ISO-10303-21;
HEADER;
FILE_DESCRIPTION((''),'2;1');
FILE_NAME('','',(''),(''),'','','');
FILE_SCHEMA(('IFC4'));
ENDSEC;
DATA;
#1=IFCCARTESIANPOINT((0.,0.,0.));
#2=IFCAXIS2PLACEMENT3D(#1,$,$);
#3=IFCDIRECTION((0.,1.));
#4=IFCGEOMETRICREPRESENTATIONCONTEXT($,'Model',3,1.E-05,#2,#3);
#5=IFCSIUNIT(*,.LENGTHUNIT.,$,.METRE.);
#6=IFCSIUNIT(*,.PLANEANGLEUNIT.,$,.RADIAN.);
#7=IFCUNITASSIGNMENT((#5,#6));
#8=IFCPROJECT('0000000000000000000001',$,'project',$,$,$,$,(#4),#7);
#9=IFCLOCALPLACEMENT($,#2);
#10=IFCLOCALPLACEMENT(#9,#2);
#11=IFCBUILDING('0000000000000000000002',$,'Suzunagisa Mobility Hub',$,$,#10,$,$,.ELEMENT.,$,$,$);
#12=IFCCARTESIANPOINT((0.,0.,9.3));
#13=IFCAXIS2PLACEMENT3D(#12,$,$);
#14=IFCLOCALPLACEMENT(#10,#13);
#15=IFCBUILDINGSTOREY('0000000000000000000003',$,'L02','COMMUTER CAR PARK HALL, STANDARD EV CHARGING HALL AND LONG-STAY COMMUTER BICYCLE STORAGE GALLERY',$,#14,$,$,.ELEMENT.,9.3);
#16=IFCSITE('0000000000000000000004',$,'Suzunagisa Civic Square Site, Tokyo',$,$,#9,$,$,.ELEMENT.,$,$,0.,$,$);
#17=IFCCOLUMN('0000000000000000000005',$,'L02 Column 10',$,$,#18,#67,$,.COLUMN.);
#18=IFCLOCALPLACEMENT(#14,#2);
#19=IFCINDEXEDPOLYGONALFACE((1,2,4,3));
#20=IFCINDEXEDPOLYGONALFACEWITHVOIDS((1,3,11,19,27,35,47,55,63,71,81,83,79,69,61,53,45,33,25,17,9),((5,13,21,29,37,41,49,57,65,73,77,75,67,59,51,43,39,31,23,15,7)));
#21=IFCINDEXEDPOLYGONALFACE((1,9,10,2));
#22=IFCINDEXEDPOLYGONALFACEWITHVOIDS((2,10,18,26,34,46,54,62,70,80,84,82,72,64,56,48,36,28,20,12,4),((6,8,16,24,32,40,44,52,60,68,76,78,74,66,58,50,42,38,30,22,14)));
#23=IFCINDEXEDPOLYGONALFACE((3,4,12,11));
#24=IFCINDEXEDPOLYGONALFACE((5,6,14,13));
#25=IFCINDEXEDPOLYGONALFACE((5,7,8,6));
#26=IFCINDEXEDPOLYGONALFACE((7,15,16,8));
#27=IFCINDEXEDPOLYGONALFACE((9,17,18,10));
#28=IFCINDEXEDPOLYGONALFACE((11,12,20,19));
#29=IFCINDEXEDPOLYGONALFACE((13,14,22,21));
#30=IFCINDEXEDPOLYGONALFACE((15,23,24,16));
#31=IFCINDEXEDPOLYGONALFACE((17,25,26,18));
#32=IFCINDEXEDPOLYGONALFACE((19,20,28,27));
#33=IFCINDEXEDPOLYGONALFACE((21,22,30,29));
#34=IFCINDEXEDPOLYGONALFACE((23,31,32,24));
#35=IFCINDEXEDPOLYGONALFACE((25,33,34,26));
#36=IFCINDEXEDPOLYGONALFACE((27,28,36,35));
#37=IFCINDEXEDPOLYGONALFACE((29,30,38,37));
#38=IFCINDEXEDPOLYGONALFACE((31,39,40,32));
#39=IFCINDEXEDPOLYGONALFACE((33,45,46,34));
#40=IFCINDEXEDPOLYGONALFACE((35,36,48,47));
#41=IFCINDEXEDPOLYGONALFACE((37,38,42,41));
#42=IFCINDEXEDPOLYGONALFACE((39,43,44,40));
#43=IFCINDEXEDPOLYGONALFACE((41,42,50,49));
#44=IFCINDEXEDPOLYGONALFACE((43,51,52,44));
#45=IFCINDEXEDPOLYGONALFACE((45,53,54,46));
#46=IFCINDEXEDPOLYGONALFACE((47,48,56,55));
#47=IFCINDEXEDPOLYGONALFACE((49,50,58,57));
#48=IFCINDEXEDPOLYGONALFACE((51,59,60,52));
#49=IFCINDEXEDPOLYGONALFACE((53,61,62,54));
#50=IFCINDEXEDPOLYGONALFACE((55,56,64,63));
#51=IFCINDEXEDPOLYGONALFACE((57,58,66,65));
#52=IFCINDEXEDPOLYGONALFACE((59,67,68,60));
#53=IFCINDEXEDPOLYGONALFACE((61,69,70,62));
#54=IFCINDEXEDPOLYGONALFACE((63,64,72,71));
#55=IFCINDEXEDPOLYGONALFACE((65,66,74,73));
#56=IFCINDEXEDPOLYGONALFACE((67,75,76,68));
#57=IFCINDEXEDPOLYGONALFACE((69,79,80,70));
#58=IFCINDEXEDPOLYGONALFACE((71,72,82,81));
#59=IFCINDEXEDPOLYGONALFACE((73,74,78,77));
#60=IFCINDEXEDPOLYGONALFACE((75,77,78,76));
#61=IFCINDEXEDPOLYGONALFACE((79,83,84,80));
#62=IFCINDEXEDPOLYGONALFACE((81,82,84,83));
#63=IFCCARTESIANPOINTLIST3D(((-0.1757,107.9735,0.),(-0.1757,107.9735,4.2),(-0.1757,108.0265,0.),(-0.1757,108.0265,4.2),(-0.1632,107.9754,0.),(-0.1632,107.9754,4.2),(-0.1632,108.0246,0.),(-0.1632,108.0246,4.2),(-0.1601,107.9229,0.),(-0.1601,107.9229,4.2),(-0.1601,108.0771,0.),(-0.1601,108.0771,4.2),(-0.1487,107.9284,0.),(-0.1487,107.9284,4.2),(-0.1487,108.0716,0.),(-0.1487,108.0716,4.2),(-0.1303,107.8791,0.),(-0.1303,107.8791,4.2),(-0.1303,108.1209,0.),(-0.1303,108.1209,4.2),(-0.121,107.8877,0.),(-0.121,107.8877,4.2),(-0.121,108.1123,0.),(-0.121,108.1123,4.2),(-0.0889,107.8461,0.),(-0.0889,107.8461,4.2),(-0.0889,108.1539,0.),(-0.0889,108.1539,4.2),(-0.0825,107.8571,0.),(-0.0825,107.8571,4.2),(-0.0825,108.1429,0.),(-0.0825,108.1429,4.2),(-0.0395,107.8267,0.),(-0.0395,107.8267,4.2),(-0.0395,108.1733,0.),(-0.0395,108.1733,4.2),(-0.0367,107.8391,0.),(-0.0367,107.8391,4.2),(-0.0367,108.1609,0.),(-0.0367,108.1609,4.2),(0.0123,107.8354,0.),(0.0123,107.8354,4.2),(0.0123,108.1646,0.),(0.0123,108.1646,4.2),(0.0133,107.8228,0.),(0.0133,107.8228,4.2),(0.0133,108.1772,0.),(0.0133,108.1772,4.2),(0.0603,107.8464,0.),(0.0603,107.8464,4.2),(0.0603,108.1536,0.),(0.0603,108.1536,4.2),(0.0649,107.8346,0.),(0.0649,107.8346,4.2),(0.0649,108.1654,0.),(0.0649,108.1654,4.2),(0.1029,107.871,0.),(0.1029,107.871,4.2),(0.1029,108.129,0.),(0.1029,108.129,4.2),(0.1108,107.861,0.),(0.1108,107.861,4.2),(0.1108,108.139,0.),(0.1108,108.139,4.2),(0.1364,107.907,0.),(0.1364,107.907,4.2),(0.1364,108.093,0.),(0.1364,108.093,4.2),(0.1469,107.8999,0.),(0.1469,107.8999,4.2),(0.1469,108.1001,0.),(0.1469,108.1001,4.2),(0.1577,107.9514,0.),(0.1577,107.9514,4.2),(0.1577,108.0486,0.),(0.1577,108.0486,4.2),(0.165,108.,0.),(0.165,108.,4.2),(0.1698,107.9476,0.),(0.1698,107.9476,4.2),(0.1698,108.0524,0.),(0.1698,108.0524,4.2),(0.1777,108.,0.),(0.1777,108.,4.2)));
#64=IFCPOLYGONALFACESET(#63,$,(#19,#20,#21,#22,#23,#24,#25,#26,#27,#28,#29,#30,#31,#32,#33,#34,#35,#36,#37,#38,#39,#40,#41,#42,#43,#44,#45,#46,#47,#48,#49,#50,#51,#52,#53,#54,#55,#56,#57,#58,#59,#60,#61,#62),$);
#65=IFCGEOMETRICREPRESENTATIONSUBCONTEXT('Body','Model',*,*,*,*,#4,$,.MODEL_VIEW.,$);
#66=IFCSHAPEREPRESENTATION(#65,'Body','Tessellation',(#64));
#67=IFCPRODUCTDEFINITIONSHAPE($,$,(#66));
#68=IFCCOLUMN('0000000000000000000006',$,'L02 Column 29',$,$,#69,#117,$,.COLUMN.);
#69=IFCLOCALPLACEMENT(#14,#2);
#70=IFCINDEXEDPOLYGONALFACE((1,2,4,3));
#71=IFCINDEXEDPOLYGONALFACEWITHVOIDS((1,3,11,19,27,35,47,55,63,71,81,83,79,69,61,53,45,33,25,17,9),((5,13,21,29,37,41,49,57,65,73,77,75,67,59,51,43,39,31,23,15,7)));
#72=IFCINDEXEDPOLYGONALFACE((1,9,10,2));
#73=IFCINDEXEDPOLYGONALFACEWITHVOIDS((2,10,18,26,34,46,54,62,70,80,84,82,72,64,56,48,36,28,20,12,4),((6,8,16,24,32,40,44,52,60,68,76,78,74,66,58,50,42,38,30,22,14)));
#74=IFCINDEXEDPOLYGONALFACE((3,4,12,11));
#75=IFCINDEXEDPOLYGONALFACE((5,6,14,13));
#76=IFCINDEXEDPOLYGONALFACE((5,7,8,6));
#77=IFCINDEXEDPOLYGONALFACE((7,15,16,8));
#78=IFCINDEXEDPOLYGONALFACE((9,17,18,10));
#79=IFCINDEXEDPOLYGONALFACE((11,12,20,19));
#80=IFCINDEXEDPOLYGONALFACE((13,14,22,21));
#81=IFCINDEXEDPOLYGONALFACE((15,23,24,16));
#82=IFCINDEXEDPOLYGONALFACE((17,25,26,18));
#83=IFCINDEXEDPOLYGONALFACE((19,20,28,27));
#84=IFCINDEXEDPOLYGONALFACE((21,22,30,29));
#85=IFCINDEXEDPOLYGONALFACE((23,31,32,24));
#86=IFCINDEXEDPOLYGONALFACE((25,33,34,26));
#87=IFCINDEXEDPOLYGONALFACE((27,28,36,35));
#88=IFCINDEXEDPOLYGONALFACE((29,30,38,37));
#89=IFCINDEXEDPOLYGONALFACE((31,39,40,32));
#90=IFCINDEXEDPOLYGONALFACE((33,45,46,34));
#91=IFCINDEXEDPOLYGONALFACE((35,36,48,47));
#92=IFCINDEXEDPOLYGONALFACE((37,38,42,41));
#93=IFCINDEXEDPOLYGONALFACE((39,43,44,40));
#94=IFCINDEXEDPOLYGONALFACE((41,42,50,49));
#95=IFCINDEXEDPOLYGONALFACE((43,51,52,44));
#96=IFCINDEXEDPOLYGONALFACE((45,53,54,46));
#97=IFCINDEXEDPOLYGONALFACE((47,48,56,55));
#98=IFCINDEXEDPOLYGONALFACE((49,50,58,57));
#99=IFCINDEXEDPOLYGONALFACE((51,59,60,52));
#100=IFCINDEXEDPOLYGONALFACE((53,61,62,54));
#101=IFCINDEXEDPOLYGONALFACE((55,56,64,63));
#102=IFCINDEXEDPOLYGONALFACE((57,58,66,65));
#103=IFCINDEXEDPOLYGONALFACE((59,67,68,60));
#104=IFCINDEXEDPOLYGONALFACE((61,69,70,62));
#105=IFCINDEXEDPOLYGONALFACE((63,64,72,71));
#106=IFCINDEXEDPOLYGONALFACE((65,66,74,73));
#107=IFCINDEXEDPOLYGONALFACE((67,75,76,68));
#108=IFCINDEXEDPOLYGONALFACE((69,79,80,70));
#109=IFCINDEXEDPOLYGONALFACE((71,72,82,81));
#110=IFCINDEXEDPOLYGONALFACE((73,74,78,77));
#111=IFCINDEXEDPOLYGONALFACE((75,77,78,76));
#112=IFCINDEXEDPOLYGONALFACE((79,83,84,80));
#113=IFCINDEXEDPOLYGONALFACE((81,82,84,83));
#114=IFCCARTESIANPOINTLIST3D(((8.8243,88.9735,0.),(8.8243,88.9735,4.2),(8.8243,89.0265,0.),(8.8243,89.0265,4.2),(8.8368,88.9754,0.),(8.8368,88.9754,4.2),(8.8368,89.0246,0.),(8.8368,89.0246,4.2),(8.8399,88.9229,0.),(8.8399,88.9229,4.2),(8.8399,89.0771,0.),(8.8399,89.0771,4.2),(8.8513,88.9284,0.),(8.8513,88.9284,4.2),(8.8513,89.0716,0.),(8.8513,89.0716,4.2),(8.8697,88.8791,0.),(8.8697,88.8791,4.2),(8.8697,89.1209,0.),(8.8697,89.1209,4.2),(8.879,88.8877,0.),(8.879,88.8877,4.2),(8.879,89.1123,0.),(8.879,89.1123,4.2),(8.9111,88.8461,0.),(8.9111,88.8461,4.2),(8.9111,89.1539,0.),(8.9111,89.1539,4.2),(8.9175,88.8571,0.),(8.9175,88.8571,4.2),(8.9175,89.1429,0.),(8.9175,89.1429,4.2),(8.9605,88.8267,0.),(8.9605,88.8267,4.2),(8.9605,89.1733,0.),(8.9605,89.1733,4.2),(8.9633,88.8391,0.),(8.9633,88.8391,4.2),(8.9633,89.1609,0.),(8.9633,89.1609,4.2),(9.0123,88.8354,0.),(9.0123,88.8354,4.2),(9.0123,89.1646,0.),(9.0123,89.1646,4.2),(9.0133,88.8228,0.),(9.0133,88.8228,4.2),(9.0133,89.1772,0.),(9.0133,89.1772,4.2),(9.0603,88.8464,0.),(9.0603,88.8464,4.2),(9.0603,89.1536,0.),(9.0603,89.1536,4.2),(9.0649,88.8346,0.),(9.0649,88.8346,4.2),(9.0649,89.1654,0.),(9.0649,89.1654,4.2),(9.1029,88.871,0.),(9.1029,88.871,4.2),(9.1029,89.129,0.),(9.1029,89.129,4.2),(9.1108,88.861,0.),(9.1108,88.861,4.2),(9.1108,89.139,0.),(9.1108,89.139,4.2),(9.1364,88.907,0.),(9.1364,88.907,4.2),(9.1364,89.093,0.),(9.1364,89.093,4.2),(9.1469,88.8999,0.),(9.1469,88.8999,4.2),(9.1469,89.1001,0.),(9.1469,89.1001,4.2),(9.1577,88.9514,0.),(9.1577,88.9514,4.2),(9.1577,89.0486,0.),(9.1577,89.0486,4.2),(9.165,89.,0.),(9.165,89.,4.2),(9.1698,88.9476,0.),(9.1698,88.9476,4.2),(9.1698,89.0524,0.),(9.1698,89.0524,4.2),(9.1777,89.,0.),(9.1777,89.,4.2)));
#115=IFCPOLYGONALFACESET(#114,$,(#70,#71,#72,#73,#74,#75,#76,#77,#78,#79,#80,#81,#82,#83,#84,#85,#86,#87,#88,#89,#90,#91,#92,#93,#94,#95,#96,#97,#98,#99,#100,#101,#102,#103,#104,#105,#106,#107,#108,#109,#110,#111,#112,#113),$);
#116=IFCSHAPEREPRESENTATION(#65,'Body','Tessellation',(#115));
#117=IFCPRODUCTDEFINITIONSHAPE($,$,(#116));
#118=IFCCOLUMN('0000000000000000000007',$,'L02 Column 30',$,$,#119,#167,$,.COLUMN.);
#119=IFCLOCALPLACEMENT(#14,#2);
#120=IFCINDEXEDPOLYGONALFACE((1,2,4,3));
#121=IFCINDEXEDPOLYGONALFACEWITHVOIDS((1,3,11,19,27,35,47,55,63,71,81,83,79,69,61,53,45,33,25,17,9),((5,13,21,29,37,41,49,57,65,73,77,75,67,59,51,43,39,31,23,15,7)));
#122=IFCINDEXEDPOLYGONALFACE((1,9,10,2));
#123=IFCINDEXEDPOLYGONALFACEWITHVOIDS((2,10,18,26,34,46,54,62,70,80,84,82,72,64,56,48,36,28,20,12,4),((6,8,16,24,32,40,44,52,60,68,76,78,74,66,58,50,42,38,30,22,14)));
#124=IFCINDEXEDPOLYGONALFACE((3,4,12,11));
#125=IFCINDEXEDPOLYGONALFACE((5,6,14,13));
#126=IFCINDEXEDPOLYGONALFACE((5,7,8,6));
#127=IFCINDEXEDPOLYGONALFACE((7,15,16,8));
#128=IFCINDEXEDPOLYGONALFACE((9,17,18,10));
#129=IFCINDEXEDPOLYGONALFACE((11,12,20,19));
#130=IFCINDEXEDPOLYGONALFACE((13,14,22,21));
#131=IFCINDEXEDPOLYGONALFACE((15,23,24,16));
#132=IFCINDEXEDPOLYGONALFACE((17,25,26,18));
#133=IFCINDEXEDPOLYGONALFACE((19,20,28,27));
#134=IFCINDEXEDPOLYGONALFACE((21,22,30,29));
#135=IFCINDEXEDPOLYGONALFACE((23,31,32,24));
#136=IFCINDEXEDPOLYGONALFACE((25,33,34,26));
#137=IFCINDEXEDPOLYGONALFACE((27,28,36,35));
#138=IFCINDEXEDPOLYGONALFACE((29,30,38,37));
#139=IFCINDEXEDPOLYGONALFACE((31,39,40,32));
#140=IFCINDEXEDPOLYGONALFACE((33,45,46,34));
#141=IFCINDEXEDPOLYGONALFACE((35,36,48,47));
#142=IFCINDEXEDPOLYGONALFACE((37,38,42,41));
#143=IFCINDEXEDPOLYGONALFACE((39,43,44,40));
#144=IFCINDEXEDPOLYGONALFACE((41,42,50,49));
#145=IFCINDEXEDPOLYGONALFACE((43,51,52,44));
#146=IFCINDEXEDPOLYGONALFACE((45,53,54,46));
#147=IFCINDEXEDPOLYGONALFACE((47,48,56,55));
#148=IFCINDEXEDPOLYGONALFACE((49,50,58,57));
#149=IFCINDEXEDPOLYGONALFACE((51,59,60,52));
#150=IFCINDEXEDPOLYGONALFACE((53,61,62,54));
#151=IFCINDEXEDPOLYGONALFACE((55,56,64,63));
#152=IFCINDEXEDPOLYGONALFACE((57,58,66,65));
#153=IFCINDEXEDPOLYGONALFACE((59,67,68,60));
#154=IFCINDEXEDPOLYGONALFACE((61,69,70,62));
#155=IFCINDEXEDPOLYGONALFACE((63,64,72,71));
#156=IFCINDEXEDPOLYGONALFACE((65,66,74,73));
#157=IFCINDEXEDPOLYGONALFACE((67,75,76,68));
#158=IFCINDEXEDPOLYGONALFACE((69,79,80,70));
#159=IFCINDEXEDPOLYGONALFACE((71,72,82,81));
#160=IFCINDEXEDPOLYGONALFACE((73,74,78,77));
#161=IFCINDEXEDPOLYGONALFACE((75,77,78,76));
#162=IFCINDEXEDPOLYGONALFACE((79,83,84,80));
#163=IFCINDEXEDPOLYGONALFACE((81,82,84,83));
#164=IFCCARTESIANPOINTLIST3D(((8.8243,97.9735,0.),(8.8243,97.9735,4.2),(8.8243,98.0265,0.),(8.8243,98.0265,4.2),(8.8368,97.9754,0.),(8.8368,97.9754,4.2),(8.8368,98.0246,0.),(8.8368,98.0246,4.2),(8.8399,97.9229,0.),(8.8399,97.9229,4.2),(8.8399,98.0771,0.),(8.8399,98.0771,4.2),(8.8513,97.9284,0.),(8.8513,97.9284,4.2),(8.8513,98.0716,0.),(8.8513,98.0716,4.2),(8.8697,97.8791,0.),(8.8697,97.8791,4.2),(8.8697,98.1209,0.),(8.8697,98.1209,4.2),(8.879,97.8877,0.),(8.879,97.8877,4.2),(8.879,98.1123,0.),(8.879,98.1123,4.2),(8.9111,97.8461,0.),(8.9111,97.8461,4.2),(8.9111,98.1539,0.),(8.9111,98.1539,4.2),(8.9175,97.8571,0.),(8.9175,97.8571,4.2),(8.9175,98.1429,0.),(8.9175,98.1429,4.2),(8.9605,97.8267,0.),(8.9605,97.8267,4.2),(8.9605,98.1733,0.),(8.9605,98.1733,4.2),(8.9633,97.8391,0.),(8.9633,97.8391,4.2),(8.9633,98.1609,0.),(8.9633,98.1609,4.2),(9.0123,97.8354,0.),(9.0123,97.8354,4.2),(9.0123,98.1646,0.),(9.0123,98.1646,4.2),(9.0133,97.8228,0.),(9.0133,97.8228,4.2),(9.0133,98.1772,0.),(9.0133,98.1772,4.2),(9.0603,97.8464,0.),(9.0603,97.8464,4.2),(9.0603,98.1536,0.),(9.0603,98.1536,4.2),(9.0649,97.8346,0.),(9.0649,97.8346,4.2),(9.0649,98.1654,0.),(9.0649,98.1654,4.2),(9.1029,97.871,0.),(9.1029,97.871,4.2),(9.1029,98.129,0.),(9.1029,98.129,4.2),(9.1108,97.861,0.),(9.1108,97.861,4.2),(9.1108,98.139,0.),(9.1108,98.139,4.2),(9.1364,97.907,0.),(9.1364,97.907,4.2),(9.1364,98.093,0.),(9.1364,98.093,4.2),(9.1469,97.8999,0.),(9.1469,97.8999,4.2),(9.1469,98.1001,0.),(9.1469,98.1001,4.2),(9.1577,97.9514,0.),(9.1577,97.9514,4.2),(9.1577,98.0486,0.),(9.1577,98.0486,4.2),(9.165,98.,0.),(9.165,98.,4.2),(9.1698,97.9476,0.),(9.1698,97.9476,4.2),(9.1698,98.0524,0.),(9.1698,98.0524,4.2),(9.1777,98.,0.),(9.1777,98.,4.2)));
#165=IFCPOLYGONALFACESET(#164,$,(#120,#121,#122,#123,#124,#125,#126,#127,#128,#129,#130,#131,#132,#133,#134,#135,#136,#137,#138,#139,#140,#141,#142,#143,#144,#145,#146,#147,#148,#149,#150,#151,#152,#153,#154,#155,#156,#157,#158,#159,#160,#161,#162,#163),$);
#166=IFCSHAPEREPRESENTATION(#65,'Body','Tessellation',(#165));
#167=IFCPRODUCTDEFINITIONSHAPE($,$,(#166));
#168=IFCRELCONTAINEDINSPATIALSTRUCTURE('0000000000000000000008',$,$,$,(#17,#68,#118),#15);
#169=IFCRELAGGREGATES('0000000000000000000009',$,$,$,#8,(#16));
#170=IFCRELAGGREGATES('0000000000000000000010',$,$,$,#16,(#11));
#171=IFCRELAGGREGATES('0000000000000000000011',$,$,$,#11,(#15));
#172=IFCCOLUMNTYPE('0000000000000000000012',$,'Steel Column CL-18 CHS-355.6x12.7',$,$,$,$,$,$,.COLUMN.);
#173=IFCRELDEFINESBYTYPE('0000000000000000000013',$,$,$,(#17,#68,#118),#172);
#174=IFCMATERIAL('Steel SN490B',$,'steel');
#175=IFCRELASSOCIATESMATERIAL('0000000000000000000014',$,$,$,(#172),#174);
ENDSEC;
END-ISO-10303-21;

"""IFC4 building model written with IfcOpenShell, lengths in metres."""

from ifc_helpers import new_model, si_unit, direction, frame, origin, origin_2d, place, context, subcontext, project, spatial, hollow_circle, extrude, material, material_profile, profile_set, type_object, element, save


model = new_model("IFC4")

# Units and contexts
model_context = context("Model", 3, precision=1e-05, world=origin(), true_north=direction((0.0, 1.0)))
body_context = subcontext(model_context, "Body", "Model", "MODEL_VIEW")
ifc_project = project(units=[si_unit("LENGTHUNIT", "METRE"), si_unit("PLANEANGLEUNIT", "RADIAN")], contexts=[model_context])

# Site, building, storey
site_placement = place(None, origin())
site = spatial("IfcSite", under=ifc_project, at=site_placement, Name="Suzunagisa Civic Square Site, Tokyo", CompositionType="ELEMENT", RefElevation=0.0)
building_placement = place(site_placement, origin())
building = spatial("IfcBuilding", under=site, at=building_placement, Name="Suzunagisa Mobility Hub", CompositionType="ELEMENT")
storey_placement = place(building_placement, frame((0.0, 0.0, 9.3)))
storey = spatial("IfcBuildingStorey", under=building, at=storey_placement, Name="L02", Description="COMMUTER CAR PARK HALL, STANDARD EV CHARGING HALL AND LONG-STAY COMMUTER BICYCLE STORAGE GALLERY", CompositionType="ELEMENT", Elevation=9.3)

# Columns
ifc_material_1 = material(Name="Steel SN490B", Category="steel")
ifc_material_profile_1 = material_profile(ifc_material_1, hollow_circle(Radius=0.1777, WallThickness=0.0127, at=origin_2d()), Name="CHS-355.6x12.7")
ifc_profile_set_1 = profile_set([ifc_material_profile_1], Name="Steel SN490B")
column_type_1 = type_object("IfcColumnType", Name="Steel Column CL-18 CHS-355.6x12.7", PredefinedType="COLUMN", material=ifc_profile_set_1)
for number, where, z_axis, x_axis, name in (
    (1, (0.0, 108.0, 0.0), (0.0, 0.0, 1.0), (1.0, 0.0, 0.0), "L02 Column 10"),
    (2, (9.0, 89.0, 0.0), (0.0, 0.0, 1.0), (1.0, 0.0, 0.0), "L02 Column 29"),
    (3, (9.0, 98.0, 0.0), (0.0, 0.0, 1.0), (1.0, 0.0, 0.0), "L02 Column 30"),
):
    element("IfcColumn", number, at=place(storey_placement, frame(where, z_axis=z_axis, x_axis=x_axis)), inside=storey, type_object=column_type_1, Name=name, PredefinedType="COLUMN", context=body_context, shape_type="SweptSolid", body=[
        extrude(hollow_circle(Radius=0.1777, WallThickness=0.0127, at=origin_2d()), origin(), (0.0, 0.0, 1.0), 4.2),
    ])

save(model, "model.ifc")
